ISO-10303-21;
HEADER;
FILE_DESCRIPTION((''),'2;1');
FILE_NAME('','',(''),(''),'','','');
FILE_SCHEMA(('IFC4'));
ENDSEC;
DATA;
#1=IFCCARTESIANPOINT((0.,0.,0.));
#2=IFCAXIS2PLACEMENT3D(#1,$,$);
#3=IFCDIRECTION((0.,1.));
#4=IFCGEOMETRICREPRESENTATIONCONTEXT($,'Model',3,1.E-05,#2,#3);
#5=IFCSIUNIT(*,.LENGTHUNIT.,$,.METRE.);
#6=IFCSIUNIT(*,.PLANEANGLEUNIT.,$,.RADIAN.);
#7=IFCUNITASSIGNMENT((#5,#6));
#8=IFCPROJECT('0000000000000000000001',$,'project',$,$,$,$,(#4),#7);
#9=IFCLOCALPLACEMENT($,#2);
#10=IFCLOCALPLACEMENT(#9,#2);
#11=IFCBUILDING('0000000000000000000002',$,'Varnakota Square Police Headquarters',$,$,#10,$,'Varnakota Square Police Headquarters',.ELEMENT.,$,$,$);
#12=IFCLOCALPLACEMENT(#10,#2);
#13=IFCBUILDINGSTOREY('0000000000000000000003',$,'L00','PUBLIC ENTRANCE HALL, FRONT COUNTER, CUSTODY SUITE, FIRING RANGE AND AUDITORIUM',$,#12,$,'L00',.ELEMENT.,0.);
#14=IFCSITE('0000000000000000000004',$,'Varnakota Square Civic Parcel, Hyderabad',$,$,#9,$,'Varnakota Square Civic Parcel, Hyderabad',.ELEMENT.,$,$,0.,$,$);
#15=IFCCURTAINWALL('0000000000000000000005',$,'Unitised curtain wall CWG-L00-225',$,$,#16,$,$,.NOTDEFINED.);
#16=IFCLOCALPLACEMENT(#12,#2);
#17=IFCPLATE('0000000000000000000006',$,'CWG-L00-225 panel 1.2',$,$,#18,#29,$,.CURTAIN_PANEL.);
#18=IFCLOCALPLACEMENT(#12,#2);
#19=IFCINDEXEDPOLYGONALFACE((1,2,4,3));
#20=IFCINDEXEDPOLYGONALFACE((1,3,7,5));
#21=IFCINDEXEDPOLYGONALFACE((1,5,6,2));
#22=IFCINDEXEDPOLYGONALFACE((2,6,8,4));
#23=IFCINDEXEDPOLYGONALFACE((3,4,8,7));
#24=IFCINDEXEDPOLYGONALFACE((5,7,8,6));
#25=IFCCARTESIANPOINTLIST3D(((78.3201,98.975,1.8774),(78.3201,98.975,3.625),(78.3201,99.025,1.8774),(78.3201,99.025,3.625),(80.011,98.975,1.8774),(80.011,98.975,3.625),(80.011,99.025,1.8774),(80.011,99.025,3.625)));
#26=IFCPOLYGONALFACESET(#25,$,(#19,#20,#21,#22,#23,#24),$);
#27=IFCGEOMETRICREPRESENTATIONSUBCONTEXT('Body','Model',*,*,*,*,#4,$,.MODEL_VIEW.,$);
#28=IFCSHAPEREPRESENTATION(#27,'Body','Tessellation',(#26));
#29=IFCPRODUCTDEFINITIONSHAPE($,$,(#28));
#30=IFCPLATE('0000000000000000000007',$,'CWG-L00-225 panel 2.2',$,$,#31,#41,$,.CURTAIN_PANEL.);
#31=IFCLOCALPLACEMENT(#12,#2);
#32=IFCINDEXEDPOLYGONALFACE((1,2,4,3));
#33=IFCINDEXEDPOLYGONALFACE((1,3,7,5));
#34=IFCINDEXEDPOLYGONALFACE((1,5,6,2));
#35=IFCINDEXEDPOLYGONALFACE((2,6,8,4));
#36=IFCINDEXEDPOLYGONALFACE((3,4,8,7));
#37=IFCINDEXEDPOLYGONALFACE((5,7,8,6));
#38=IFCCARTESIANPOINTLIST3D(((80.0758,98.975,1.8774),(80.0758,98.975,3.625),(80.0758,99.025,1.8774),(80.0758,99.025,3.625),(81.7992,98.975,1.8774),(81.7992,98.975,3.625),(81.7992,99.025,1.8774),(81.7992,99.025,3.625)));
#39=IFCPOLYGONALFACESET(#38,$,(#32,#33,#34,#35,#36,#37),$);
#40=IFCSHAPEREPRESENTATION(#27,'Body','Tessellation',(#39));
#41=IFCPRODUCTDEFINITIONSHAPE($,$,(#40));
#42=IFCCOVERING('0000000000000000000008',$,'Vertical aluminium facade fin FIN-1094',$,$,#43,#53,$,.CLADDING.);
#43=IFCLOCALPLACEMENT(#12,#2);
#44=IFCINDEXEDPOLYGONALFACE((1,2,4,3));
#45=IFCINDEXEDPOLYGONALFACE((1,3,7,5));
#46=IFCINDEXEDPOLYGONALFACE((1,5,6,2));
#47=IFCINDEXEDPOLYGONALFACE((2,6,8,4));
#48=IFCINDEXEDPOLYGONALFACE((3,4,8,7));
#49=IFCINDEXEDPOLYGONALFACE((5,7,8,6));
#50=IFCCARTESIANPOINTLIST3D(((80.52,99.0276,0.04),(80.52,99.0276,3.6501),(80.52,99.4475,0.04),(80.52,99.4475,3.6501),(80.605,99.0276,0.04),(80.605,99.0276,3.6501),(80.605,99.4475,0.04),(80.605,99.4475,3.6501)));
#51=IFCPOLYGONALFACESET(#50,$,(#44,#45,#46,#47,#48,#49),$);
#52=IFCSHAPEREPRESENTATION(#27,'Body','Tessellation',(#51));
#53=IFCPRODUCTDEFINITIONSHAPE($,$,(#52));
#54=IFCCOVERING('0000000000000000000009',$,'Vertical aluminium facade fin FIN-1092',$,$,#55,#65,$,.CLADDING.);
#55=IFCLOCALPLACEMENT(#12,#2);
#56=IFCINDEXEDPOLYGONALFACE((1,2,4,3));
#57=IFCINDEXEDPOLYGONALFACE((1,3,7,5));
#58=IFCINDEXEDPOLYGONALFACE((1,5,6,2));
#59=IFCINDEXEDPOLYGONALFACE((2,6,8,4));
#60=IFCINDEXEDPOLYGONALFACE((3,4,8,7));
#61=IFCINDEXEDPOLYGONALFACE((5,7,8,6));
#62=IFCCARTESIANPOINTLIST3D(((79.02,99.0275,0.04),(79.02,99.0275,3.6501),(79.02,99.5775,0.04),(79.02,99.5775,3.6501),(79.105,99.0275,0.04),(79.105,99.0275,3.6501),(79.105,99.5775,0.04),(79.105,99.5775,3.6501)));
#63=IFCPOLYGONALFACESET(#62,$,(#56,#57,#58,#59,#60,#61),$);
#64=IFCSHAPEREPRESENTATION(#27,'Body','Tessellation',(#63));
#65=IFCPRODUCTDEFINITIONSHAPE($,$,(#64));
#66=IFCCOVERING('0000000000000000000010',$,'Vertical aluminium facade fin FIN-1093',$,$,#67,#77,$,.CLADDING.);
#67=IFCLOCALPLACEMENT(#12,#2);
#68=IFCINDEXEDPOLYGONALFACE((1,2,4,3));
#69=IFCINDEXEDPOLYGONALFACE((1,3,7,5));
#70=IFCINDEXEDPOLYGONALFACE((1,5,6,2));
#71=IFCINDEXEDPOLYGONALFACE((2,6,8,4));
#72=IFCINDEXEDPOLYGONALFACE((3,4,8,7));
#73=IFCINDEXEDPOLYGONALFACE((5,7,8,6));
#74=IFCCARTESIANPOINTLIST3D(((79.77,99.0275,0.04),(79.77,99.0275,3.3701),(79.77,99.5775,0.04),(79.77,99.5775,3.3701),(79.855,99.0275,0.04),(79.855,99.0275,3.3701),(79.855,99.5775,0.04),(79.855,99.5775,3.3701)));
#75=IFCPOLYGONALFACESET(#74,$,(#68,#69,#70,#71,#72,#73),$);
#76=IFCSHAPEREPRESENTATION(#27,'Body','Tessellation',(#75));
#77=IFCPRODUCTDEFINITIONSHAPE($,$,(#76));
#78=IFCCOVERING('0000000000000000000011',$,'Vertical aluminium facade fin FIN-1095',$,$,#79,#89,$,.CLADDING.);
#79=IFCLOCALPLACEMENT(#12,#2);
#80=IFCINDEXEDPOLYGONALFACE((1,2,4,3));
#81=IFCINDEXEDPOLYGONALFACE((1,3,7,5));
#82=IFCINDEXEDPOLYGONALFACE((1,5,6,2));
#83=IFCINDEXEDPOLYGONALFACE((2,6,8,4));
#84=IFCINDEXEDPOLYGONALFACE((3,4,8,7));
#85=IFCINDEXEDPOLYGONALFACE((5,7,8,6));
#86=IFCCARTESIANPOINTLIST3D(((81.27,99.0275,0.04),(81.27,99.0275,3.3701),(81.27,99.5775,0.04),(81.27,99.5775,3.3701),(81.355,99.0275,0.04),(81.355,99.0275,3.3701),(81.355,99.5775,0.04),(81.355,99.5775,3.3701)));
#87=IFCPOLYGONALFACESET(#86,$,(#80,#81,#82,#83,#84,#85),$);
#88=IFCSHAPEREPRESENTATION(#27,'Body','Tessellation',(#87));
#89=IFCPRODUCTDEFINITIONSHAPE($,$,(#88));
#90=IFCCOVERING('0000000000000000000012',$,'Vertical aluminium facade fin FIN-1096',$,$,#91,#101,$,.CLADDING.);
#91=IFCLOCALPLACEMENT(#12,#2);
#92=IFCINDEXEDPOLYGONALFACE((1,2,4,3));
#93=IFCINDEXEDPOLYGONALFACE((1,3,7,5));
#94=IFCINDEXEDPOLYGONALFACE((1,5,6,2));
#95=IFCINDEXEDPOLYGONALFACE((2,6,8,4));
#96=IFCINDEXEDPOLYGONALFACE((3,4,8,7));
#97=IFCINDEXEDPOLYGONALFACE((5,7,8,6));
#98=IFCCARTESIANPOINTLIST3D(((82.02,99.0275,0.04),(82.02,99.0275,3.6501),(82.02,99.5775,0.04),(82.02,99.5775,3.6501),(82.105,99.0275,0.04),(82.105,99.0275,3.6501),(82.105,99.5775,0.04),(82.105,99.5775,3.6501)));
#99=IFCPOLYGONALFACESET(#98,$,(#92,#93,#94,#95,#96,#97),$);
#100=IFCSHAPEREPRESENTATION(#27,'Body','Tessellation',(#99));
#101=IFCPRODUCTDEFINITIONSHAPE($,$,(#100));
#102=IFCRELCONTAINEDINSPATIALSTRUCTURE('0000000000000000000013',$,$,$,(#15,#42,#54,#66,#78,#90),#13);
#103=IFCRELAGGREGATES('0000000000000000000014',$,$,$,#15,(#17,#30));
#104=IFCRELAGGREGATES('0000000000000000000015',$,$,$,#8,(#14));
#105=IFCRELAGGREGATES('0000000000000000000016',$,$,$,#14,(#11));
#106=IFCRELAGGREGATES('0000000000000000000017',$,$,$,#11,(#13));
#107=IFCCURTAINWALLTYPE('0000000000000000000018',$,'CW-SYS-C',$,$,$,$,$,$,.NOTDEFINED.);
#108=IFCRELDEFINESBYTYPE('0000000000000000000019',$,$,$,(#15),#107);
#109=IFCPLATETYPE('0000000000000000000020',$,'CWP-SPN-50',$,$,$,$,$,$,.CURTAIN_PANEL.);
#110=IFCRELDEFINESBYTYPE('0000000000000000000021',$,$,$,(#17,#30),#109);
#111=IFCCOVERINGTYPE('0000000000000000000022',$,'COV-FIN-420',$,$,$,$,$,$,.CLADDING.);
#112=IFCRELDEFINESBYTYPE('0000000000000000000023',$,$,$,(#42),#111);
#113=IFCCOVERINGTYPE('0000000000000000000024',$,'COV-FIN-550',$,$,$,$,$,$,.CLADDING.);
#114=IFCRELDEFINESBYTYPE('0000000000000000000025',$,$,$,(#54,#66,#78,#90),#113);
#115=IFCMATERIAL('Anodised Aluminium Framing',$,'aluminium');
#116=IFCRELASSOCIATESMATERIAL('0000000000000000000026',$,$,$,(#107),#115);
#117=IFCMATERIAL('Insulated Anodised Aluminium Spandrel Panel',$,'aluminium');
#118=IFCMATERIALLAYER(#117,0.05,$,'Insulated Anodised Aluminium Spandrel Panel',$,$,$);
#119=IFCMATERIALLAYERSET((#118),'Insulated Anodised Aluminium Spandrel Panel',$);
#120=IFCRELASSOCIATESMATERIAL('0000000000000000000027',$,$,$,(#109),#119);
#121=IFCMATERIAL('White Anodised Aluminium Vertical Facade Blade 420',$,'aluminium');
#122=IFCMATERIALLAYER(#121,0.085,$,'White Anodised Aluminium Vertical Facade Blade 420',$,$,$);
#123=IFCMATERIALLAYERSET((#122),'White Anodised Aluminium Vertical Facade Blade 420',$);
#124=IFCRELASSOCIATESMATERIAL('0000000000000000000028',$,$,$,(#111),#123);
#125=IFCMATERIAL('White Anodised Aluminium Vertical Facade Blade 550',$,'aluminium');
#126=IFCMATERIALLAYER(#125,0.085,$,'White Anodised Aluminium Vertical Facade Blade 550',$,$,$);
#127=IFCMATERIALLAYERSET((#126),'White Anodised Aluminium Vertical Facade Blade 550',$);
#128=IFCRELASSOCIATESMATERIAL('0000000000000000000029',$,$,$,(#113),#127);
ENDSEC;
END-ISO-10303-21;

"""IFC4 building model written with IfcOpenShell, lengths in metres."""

from ifc_helpers import new_model, si_unit, direction, frame, origin, origin_2d, place, context, subcontext, project, spatial, rectangle, extrude, material, layer, layer_set, type_object, element, aggregate, save


model = new_model("IFC4")

# Units and contexts
model_context = context("Model", 3, precision=1e-05, world=origin(), true_north=direction((0.0, 1.0)))
body_context = subcontext(model_context, "Body", "Model", "MODEL_VIEW")
ifc_project = project(units=[si_unit("LENGTHUNIT", "METRE"), si_unit("PLANEANGLEUNIT", "RADIAN")], contexts=[model_context])

# Site, building, storey
site_placement = place(None, origin())
site = spatial("IfcSite", under=ifc_project, at=site_placement, Name="Varnakota Square Civic Parcel, Hyderabad", LongName="Varnakota Square Civic Parcel, Hyderabad", CompositionType="ELEMENT", RefElevation=0.0)
building_placement = place(site_placement, origin())
building = spatial("IfcBuilding", under=site, at=building_placement, Name="Varnakota Square Police Headquarters", LongName="Varnakota Square Police Headquarters", CompositionType="ELEMENT")
storey_placement = place(building_placement, origin())
storey = spatial("IfcBuildingStorey", under=building, at=storey_placement, Name="L00", Description="PUBLIC ENTRANCE HALL, FRONT COUNTER, CUSTODY SUITE, FIRING RANGE AND AUDITORIUM", LongName="L00", CompositionType="ELEMENT", Elevation=0.0)

# Curtain wall, plates
ifc_material_1 = material(Name="Anodised Aluminium Framing", Category="aluminium")
curtain_wall_type = type_object("IfcCurtainWallType", Name="CW-SYS-C", PredefinedType="NOTDEFINED", material=ifc_material_1)
curtain_wall_placement = place(storey_placement, origin())
curtain_wall = element("IfcCurtainWall", 1, at=curtain_wall_placement, inside=storey, type_object=curtain_wall_type, Name="Unitised curtain wall CWG-L00-225", PredefinedType="NOTDEFINED")
ifc_material_2 = material(Name="Insulated Anodised Aluminium Spandrel Panel", Category="aluminium")
ifc_layer_1 = layer(ifc_material_2, 0.05, Name="Insulated Anodised Aluminium Spandrel Panel")
ifc_layer_set_1 = layer_set([ifc_layer_1], Name="Insulated Anodised Aluminium Spandrel Panel")
plate_type_1 = type_object("IfcPlateType", Name="CWP-SPN-50", PredefinedType="CURTAIN_PANEL", material=ifc_layer_set_1)
plate_1_placement = place(storey_placement, frame((79.1655, 99.0, 1.8774), z_axis=(0.0, 0.0, 1.0), x_axis=(1.0, 0.0, 0.0)))
plate_1 = element("IfcPlate", 2, at=plate_1_placement, type_object=plate_type_1, Name="CWG-L00-225 panel 1.2", PredefinedType="CURTAIN_PANEL", context=body_context, shape_type="SweptSolid", body=[
    extrude(rectangle(XDim=1.6909, YDim=0.05, at=origin_2d()), origin(), (0.0, 0.0, 1.0), 1.7476),
])
plate_2_placement = place(storey_placement, frame((80.9375, 99.0, 1.8774), z_axis=(0.0, 0.0, 1.0), x_axis=(1.0, 0.0, 0.0)))
plate_2 = element("IfcPlate", 3, at=plate_2_placement, type_object=plate_type_1, Name="CWG-L00-225 panel 2.2", PredefinedType="CURTAIN_PANEL", context=body_context, shape_type="SweptSolid", body=[
    extrude(rectangle(XDim=1.7234, YDim=0.05, at=origin_2d()), origin(), (0.0, 0.0, 1.0), 1.7476),
])
aggregate(curtain_wall, [plate_1, plate_2])

# Coverings
ifc_material_3 = material(Name="White Anodised Aluminium Vertical Facade Blade 420", Category="aluminium")
ifc_layer_2 = layer(ifc_material_3, 0.085, Name="White Anodised Aluminium Vertical Facade Blade 420")
ifc_layer_set_2 = layer_set([ifc_layer_2], Name="White Anodised Aluminium Vertical Facade Blade 420")
covering_type_1 = type_object("IfcCoveringType", Name="COV-FIN-420", PredefinedType="CLADDING", material=ifc_layer_set_2)
covering_1_placement = place(storey_placement, frame((80.5625, 99.2375, 0.04), z_axis=(0.0, 0.0, 1.0), x_axis=(1.0, 0.0, 0.0)))
element("IfcCovering", 4, at=covering_1_placement, inside=storey, type_object=covering_type_1, Name="Vertical aluminium facade fin FIN-1094", PredefinedType="CLADDING", context=body_context, shape_type="SweptSolid", body=[
    extrude(rectangle(XDim=0.085, YDim=0.4199, at=origin_2d()), origin(), (0.0, 0.0, 1.0), 3.6101),
])
ifc_material_4 = material(Name="White Anodised Aluminium Vertical Facade Blade 550", Category="aluminium")
ifc_layer_3 = layer(ifc_material_4, 0.085, Name="White Anodised Aluminium Vertical Facade Blade 550")
ifc_layer_set_3 = layer_set([ifc_layer_3], Name="White Anodised Aluminium Vertical Facade Blade 550")
covering_type_2 = type_object("IfcCoveringType", Name="COV-FIN-550", PredefinedType="CLADDING", material=ifc_layer_set_3)
covering_2_placement = place(storey_placement, frame((79.0625, 99.3025, 0.04), z_axis=(0.0, 0.0, 1.0), x_axis=(1.0, 0.0, 0.0)))
element("IfcCovering", 5, at=covering_2_placement, inside=storey, type_object=covering_type_2, Name="Vertical aluminium facade fin FIN-1092", PredefinedType="CLADDING", context=body_context, shape_type="SweptSolid", body=[
    extrude(rectangle(XDim=0.085, YDim=0.55, at=origin_2d()), origin(), (0.0, 0.0, 1.0), 3.6101),
])
for number, where, z_axis, x_axis, name in (
    (6, (79.8125, 99.3025, 0.04), (0.0, 0.0, 1.0), (1.0, 0.0, 0.0), "Vertical aluminium facade fin FIN-1093"),
    (7, (81.3125, 99.3025, 0.04), (0.0, 0.0, 1.0), (1.0, 0.0, 0.0), "Vertical aluminium facade fin FIN-1095"),
):
    element("IfcCovering", number, at=place(storey_placement, frame(where, z_axis=z_axis, x_axis=x_axis)), inside=storey, type_object=covering_type_2, Name=name, PredefinedType="CLADDING", context=body_context, shape_type="SweptSolid", body=[
        extrude(rectangle(XDim=0.085, YDim=0.55, at=origin_2d()), origin(), (0.0, 0.0, 1.0), 3.3301),
    ])
covering_3_placement = place(storey_placement, frame((82.0625, 99.3025, 0.04), z_axis=(0.0, 0.0, 1.0), x_axis=(1.0, 0.0, 0.0)))
element("IfcCovering", 8, at=covering_3_placement, inside=storey, type_object=covering_type_2, Name="Vertical aluminium facade fin FIN-1096", PredefinedType="CLADDING", context=body_context, shape_type="SweptSolid", body=[
    extrude(rectangle(XDim=0.085, YDim=0.55, at=origin_2d()), origin(), (0.0, 0.0, 1.0), 3.6101),
])

save(model, "model.ifc")
